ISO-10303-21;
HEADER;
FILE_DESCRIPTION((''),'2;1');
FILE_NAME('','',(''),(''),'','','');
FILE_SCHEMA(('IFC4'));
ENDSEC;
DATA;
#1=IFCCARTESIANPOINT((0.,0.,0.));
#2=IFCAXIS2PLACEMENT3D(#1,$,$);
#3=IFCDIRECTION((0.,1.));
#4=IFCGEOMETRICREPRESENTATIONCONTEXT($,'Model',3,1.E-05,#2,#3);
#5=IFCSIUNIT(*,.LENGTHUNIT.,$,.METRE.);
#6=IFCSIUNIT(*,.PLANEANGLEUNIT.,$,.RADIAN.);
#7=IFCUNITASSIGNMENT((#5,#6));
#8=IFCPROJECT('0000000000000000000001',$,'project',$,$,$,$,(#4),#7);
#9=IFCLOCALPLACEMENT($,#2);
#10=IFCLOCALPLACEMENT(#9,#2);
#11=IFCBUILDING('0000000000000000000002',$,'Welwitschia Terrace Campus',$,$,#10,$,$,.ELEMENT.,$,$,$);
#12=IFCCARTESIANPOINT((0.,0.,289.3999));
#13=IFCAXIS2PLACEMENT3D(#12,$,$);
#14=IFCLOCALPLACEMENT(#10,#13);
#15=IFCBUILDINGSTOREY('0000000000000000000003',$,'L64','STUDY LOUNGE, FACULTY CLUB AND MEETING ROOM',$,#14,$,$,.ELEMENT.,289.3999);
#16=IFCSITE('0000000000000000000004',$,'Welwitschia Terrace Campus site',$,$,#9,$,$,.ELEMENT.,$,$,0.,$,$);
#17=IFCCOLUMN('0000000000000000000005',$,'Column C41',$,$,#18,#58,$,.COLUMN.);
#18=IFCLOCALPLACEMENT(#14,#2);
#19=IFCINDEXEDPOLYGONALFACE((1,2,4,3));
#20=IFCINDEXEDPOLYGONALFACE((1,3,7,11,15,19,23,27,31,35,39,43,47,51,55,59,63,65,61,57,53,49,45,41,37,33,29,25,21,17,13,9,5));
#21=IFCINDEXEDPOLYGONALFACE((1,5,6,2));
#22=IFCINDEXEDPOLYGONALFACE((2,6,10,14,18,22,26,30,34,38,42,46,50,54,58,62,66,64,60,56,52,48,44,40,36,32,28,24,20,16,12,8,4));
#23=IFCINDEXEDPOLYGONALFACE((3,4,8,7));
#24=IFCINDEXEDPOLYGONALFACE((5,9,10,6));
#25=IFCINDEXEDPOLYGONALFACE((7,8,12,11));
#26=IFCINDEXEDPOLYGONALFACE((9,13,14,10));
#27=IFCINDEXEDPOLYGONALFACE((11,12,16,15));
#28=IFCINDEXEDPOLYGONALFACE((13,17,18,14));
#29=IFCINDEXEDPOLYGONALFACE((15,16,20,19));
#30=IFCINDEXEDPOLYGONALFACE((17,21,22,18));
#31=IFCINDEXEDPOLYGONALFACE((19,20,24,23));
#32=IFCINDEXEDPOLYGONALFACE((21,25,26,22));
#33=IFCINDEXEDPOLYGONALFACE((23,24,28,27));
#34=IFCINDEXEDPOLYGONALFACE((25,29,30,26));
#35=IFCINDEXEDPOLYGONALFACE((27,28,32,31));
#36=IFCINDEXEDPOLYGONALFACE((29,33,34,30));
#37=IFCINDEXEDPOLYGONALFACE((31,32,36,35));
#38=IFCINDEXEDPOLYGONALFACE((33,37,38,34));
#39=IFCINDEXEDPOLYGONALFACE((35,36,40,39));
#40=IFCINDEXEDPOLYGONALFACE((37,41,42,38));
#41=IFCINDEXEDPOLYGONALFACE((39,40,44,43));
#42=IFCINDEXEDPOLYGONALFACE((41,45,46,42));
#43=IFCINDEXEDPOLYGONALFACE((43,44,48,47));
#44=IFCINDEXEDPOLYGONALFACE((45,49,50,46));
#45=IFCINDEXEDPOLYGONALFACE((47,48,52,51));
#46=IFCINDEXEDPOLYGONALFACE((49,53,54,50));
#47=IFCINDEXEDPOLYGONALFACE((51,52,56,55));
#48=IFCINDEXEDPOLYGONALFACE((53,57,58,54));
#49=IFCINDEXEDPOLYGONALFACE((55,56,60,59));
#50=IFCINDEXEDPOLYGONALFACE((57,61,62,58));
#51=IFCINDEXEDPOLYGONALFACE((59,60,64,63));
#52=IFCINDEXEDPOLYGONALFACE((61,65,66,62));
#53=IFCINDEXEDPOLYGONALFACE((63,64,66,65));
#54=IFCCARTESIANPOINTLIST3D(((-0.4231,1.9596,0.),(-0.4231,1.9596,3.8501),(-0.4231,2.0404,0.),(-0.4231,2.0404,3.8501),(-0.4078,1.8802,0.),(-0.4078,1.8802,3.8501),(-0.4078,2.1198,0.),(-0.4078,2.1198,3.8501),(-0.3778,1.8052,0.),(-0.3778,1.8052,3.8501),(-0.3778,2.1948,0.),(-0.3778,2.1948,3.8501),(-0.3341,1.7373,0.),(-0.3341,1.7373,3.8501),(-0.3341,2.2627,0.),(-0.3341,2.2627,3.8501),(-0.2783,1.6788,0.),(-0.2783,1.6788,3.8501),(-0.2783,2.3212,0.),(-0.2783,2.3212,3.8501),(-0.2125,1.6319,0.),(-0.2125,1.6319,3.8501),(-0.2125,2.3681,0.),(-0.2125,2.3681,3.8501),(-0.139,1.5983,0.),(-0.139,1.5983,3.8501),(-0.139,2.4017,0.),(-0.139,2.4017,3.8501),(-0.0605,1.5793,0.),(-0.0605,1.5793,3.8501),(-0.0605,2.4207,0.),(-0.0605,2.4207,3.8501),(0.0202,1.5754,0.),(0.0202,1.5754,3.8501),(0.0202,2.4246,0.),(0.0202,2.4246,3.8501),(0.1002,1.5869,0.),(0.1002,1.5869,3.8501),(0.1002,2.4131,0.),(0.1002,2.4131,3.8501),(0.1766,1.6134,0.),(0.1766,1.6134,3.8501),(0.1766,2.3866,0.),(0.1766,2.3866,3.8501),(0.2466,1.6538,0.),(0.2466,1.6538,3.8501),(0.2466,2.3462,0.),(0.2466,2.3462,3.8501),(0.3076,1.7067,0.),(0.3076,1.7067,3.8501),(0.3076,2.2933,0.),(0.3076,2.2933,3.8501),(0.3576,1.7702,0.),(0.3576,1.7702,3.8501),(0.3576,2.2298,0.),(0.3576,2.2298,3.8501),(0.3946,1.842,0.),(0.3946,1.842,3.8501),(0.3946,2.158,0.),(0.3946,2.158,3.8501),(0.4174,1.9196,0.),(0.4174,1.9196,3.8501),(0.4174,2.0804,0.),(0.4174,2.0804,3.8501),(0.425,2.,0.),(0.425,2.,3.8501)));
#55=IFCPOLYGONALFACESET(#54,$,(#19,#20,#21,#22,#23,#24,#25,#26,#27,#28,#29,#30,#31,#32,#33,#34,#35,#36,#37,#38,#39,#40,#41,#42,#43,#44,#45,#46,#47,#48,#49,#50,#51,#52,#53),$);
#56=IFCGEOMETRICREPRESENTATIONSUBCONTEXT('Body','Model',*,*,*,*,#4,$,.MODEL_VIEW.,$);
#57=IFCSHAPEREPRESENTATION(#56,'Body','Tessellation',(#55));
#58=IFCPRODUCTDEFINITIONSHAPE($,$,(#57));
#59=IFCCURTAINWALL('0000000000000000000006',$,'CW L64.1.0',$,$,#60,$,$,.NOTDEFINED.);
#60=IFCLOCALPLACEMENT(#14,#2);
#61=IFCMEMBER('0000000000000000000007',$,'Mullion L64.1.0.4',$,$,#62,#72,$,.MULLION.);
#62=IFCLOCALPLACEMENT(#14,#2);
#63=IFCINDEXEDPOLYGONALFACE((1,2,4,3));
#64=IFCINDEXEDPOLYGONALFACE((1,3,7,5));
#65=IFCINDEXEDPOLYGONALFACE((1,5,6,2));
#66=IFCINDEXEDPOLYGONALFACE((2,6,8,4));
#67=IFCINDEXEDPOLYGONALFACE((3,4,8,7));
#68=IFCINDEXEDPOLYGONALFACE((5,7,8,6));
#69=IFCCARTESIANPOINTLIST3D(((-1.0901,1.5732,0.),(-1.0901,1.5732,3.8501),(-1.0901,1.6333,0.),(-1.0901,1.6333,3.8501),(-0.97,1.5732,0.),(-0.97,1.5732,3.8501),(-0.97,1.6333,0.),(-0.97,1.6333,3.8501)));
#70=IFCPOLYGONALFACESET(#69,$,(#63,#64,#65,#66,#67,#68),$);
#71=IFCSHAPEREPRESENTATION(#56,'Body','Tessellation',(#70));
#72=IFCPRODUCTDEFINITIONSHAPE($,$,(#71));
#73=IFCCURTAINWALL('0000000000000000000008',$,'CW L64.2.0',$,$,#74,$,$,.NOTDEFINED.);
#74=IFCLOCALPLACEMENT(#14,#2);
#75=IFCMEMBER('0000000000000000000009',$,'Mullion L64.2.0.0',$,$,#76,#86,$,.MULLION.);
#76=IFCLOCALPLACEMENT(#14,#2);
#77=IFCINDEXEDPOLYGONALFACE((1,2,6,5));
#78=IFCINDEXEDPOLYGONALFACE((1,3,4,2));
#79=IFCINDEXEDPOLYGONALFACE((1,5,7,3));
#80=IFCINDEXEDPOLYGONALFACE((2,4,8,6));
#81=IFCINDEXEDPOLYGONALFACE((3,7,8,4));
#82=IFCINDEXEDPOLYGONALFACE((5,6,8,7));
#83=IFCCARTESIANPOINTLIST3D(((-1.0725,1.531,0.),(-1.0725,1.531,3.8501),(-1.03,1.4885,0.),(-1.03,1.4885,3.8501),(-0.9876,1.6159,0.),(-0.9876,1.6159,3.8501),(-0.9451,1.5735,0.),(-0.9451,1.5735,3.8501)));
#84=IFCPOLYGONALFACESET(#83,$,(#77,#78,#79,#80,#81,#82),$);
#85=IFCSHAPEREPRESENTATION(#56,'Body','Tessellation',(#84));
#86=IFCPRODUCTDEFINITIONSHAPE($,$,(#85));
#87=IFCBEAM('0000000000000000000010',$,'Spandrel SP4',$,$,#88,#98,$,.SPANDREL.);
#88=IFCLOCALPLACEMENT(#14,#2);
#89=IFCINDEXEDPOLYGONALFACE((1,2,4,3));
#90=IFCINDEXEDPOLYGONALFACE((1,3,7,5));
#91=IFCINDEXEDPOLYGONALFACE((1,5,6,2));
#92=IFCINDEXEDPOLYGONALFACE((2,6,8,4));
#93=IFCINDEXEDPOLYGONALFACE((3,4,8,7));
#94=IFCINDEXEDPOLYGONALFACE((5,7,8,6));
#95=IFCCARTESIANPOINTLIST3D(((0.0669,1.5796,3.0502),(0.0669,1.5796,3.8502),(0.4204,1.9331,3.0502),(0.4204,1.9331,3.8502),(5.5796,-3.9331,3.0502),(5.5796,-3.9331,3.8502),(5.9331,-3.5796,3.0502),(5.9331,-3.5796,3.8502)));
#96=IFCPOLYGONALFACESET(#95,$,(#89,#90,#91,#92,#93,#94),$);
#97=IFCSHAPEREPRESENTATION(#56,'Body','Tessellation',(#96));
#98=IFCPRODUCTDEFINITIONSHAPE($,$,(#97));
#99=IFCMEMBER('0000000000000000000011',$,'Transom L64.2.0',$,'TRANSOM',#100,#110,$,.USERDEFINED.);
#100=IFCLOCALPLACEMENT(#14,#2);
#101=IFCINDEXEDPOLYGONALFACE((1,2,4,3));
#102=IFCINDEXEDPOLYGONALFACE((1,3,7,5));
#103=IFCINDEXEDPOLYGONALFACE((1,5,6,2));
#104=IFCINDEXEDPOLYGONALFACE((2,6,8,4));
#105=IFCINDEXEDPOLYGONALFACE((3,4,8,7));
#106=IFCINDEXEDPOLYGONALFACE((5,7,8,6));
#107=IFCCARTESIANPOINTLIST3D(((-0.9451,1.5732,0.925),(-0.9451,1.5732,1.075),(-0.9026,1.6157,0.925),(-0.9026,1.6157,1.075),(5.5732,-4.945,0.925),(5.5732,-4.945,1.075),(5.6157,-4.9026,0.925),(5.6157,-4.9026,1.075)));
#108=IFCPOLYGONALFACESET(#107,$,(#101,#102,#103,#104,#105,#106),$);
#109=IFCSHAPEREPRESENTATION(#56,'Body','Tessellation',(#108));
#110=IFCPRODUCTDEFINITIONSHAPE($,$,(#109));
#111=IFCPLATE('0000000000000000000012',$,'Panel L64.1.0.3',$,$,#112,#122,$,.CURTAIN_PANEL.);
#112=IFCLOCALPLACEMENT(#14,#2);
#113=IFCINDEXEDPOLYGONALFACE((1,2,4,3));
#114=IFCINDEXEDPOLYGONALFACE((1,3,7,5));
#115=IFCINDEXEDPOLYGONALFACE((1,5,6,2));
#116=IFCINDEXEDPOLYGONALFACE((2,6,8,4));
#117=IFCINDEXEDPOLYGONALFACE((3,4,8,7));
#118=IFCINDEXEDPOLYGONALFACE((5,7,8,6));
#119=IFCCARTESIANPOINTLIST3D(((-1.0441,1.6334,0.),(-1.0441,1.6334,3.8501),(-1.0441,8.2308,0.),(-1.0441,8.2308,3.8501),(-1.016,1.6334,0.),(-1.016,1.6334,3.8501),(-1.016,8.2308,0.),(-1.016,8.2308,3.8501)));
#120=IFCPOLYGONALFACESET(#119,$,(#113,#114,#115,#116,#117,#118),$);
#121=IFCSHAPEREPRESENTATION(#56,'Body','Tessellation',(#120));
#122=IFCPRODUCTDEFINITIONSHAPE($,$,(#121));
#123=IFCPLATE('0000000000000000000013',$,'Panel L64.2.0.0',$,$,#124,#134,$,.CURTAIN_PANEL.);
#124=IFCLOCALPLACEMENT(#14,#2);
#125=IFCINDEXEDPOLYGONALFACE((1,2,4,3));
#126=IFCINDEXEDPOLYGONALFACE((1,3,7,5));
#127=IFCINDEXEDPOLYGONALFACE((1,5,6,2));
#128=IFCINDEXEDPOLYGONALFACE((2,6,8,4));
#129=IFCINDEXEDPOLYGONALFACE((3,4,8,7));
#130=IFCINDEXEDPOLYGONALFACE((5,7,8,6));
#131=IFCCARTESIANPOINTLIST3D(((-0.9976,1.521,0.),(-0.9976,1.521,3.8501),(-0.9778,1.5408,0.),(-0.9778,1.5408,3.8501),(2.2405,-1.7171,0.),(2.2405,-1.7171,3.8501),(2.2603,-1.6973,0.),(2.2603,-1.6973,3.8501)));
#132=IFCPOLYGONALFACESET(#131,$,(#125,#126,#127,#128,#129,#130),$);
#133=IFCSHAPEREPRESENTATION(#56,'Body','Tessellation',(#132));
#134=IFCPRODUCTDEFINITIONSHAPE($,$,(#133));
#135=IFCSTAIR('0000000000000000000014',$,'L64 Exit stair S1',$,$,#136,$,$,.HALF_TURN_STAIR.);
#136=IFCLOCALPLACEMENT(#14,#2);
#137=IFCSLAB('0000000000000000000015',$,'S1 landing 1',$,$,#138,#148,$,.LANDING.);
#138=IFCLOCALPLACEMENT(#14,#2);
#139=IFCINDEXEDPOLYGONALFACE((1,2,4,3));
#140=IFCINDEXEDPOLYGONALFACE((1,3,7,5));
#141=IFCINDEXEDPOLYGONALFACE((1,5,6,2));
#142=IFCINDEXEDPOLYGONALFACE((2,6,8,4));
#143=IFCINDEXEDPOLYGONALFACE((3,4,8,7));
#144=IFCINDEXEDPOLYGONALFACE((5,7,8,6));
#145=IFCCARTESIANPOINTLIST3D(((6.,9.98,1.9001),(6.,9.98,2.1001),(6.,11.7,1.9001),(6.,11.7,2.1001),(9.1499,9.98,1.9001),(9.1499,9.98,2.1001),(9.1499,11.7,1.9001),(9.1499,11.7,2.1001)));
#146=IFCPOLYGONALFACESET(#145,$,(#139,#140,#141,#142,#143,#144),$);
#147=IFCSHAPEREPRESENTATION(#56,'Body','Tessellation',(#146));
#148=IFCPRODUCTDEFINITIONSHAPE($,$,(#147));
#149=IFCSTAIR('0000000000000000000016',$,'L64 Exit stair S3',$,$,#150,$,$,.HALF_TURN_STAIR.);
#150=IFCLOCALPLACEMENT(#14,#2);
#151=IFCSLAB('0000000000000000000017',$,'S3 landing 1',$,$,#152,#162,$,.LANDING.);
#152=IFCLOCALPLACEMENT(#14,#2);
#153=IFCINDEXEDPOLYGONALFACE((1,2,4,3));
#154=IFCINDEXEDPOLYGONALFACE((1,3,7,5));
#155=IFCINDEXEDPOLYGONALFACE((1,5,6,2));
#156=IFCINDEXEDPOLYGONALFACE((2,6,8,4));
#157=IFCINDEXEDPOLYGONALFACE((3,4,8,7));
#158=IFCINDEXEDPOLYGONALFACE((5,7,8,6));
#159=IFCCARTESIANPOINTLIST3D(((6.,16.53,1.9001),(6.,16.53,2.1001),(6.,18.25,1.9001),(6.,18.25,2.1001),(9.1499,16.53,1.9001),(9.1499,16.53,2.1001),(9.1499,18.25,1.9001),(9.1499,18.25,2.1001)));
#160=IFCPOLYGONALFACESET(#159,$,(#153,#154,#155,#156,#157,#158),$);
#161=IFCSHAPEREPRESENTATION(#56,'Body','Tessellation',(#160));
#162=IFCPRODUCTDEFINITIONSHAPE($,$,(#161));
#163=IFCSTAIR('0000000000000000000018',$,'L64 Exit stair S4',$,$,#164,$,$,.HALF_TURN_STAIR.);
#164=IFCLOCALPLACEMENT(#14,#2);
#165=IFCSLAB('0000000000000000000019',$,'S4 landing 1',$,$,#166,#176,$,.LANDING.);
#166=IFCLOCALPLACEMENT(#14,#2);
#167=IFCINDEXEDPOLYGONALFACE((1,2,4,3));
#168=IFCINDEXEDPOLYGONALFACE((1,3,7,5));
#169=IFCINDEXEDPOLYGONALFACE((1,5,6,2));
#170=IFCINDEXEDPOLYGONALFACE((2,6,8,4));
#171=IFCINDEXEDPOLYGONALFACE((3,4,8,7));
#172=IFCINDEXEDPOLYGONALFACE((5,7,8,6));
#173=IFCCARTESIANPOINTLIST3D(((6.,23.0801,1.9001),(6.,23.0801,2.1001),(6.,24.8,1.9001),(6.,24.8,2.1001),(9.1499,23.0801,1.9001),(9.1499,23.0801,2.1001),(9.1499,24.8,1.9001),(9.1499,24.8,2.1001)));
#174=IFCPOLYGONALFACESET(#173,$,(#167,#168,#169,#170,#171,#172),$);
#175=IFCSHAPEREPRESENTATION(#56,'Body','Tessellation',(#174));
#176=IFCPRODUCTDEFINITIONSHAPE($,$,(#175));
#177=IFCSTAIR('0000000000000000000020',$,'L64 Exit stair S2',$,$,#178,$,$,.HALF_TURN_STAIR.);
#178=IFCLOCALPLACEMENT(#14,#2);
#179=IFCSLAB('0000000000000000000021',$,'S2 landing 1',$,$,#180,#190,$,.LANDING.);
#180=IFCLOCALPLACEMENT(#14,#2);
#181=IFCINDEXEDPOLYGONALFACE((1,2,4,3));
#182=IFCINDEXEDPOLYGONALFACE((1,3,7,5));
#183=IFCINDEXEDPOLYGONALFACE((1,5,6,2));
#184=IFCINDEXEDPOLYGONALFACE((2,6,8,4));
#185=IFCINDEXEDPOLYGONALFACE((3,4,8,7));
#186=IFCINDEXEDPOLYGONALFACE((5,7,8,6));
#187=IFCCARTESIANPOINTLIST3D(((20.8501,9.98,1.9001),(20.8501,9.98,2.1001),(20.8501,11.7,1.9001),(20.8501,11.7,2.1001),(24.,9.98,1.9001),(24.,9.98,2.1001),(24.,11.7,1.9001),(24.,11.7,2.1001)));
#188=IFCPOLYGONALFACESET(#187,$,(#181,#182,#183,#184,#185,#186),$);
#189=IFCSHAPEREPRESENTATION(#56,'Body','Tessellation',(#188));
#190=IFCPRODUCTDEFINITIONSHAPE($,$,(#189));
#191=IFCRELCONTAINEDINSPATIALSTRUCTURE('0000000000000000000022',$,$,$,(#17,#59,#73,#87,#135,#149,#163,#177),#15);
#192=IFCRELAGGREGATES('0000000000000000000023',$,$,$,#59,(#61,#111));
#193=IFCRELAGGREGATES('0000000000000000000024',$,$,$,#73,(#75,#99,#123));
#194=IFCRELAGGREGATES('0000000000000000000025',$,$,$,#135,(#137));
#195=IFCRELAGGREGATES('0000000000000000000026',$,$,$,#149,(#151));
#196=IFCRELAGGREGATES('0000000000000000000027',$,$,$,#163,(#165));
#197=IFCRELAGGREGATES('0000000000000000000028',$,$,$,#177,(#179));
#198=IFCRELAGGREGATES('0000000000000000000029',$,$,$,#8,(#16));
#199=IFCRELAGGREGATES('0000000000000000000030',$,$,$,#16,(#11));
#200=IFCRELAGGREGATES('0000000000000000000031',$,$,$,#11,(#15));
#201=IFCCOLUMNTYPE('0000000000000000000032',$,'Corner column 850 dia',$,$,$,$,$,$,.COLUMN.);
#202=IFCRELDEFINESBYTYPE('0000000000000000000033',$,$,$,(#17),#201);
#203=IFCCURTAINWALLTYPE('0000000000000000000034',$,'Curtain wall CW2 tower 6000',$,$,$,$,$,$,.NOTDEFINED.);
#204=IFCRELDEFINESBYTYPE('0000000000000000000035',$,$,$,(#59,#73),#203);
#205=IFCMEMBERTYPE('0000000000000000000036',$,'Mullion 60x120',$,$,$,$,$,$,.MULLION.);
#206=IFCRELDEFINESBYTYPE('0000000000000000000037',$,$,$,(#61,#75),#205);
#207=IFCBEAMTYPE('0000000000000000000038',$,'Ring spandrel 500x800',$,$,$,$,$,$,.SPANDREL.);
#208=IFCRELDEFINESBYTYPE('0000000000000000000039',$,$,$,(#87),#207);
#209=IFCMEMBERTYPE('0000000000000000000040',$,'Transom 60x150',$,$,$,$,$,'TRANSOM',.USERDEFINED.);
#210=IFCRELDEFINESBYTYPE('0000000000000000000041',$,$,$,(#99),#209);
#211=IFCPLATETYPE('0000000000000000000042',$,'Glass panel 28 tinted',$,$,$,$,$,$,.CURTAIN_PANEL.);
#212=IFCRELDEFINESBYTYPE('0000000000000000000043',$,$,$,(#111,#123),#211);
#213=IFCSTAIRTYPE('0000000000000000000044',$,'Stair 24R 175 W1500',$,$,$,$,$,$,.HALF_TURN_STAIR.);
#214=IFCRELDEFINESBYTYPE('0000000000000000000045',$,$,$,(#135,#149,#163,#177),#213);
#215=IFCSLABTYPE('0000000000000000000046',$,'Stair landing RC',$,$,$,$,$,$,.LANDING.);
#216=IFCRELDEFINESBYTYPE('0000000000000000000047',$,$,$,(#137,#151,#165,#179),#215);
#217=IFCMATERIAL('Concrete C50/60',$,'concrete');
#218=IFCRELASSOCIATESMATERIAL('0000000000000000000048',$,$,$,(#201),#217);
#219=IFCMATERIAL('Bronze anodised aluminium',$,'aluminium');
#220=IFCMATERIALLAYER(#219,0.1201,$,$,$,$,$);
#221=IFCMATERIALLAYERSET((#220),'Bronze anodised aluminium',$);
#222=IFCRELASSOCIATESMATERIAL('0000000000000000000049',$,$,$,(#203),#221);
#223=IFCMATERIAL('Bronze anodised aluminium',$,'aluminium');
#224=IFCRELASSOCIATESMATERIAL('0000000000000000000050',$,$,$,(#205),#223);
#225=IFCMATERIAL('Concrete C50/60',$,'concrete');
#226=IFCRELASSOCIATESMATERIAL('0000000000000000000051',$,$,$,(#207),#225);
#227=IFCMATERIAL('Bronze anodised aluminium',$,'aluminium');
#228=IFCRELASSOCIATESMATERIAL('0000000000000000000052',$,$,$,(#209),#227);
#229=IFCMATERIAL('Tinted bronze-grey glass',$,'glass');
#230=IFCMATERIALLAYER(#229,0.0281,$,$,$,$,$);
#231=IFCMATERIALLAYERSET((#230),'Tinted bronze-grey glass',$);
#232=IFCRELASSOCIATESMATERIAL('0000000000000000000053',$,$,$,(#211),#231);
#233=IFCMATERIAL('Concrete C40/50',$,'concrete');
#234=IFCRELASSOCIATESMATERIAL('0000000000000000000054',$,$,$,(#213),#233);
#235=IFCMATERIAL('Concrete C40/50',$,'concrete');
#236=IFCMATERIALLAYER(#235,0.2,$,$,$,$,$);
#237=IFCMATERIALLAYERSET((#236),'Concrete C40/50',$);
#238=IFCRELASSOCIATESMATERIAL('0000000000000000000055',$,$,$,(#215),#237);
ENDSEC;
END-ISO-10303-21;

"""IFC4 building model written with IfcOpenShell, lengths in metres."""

from ifc_helpers import new_model, si_unit, direction, frame, origin, origin_2d, place, context, subcontext, project, spatial, polyline, rectangle, circle, outline, extrude, material, layer, layer_set, material_profile, profile_set, type_object, element, aggregate, save


model = new_model("IFC4")

# Units and contexts
model_context = context("Model", 3, precision=1e-05, world=origin(), true_north=direction((0.0, 1.0)))
body_context = subcontext(model_context, "Body", "Model", "MODEL_VIEW")
ifc_project = project(units=[si_unit("LENGTHUNIT", "METRE"), si_unit("PLANEANGLEUNIT", "RADIAN")], contexts=[model_context])

# Site, building, storey
site_placement = place(None, origin())
site = spatial("IfcSite", under=ifc_project, at=site_placement, Name="Welwitschia Terrace Campus site", CompositionType="ELEMENT", RefElevation=0.0)
building_placement = place(site_placement, origin())
building = spatial("IfcBuilding", under=site, at=building_placement, Name="Welwitschia Terrace Campus", CompositionType="ELEMENT")
storey_placement = place(building_placement, frame((0.0, 0.0, 289.3999)))
storey = spatial("IfcBuildingStorey", under=building, at=storey_placement, Name="L64", Description="STUDY LOUNGE, FACULTY CLUB AND MEETING ROOM", CompositionType="ELEMENT", Elevation=289.3999)

# Column
ifc_material_1 = material(Name="Concrete C50/60", Category="concrete")
ifc_material_profile_1 = material_profile(ifc_material_1, circle(Radius=0.425, at=origin_2d()))
ifc_profile_set_1 = profile_set([ifc_material_profile_1], Name="Concrete C50/60")
column_type = type_object("IfcColumnType", Name="Corner column 850 dia", PredefinedType="COLUMN", material=ifc_profile_set_1)
column_placement = place(storey_placement, frame((0.0, 2.0, 0.0), z_axis=(0.0, 0.0, 1.0), x_axis=(1.0, 0.0, 0.0)))
element("IfcColumn", 1, at=column_placement, inside=storey, type_object=column_type, Name="Column C41", PredefinedType="COLUMN", context=body_context, shape_type="SweptSolid", body=[
    extrude(circle(Radius=0.425, at=origin_2d()), origin(), (0.0, 0.0, 1.0), 3.8501),
])

# Curtain walls, members
ifc_material_2 = material(Name="Bronze anodised aluminium", Category="aluminium")
ifc_layer_1 = layer(ifc_material_2, 0.1201)
ifc_layer_set_1 = layer_set([ifc_layer_1], Name="Bronze anodised aluminium")
curtain_wall_type = type_object("IfcCurtainWallType", Name="Curtain wall CW2 tower 6000", PredefinedType="NOTDEFINED", material=ifc_layer_set_1)
curtain_wall_1_placement = place(storey_placement, origin())
curtain_wall_1 = element("IfcCurtainWall", 2, at=curtain_wall_1_placement, inside=storey, type_object=curtain_wall_type, Name="CW L64.1.0", PredefinedType="NOTDEFINED")
ifc_material_3 = material(Name="Bronze anodised aluminium", Category="aluminium")
ifc_material_profile_2 = material_profile(ifc_material_3, rectangle(XDim=0.1201, YDim=0.0601, at=origin_2d()))
ifc_profile_set_2 = profile_set([ifc_material_profile_2], Name="Bronze anodised aluminium")
member_type_1 = type_object("IfcMemberType", Name="Mullion 60x120", PredefinedType="MULLION", material=ifc_profile_set_2)
member_1_placement = place(storey_placement, frame((-1.03, 1.6033, 0.0), z_axis=(0.0, 0.0, 1.0), x_axis=(1.0, 0.0, 0.0)))
member_1 = element("IfcMember", 3, at=member_1_placement, type_object=member_type_1, Name="Mullion L64.1.0.4", PredefinedType="MULLION", context=body_context, shape_type="SweptSolid", body=[
    extrude(rectangle(XDim=0.1201, YDim=0.0601, at=origin_2d()), origin(), (0.0, 0.0, 1.0), 3.8501),
])
curtain_wall_2_placement = place(storey_placement, origin())
curtain_wall_2 = element("IfcCurtainWall", 4, at=curtain_wall_2_placement, inside=storey, type_object=curtain_wall_type, Name="CW L64.2.0", PredefinedType="NOTDEFINED")
member_2_placement = place(storey_placement, frame((-1.0088, 1.5522, 0.0), z_axis=(0.0, 0.0, 1.0), x_axis=(0.707107, 0.707107, 0.0)))
member_2 = element("IfcMember", 5, at=member_2_placement, type_object=member_type_1, Name="Mullion L64.2.0.0", PredefinedType="MULLION", context=body_context, shape_type="SweptSolid", body=[
    extrude(rectangle(XDim=0.1201, YDim=0.0601, at=origin_2d()), origin(), (0.0, 0.0, 1.0), 3.8501),
])

# Beam
ifc_material_4 = material(Name="Concrete C50/60", Category="concrete")
ifc_material_profile_3 = material_profile(ifc_material_4, rectangle(XDim=0.5, YDim=0.8, at=origin_2d()))
ifc_profile_set_3 = profile_set([ifc_material_profile_3], Name="Concrete C50/60")
beam_type = type_object("IfcBeamType", Name="Ring spandrel 500x800", PredefinedType="SPANDREL", material=ifc_profile_set_3)
beam_placement = place(storey_placement, frame((0.2437, 1.7563, 3.4502), z_axis=(0.707107, -0.707107, 0.0), x_axis=(0.707107, 0.707107, 0.0)))
element("IfcBeam", 6, at=beam_placement, inside=storey, type_object=beam_type, Name="Spandrel SP4", PredefinedType="SPANDREL", context=body_context, shape_type="SweptSolid", body=[
    extrude(rectangle(XDim=0.5, YDim=0.8, at=origin_2d()), origin(), (0.0, 0.0, 1.0), 7.7961),
])

# Member
ifc_material_5 = material(Name="Bronze anodised aluminium", Category="aluminium")
ifc_material_profile_4 = material_profile(ifc_material_5, rectangle(XDim=0.0601, YDim=0.1499, at=origin_2d()))
ifc_profile_set_4 = profile_set([ifc_material_profile_4], Name="Bronze anodised aluminium")
member_type_2 = type_object("IfcMemberType", Name="Transom 60x150", ElementType="TRANSOM", PredefinedType="USERDEFINED", material=ifc_profile_set_4)
member_3_placement = place(storey_placement, frame((-0.9238, 1.5945, 1.0), z_axis=(0.707107, -0.707107, 0.0), x_axis=(0.707107, 0.707107, 0.0)))
member_3 = element("IfcMember", 7, at=member_3_placement, type_object=member_type_2, Name="Transom L64.2.0", ObjectType="TRANSOM", PredefinedType="USERDEFINED", context=body_context, shape_type="SweptSolid", body=[
    extrude(rectangle(XDim=0.0601, YDim=0.1499, at=origin_2d()), origin(), (0.0, 0.0, 1.0), 9.2183),
])

# Plates
ifc_material_6 = material(Name="Tinted bronze-grey glass", Category="glass")
ifc_layer_2 = layer(ifc_material_6, 0.0281)
ifc_layer_set_2 = layer_set([ifc_layer_2], Name="Tinted bronze-grey glass")
plate_type = type_object("IfcPlateType", Name="Glass panel 28 tinted", PredefinedType="CURTAIN_PANEL", material=ifc_layer_set_2)
plate_1_placement = place(storey_placement, frame((-1.03, 4.9321, 0.0), z_axis=(0.0, 0.0, 1.0), x_axis=(0.0, -1.0, 0.0)))
plate_1 = element("IfcPlate", 8, at=plate_1_placement, type_object=plate_type, Name="Panel L64.1.0.3", PredefinedType="CURTAIN_PANEL", context=body_context, shape_type="SweptSolid", body=[
    extrude(rectangle(XDim=6.5974, YDim=0.0281, at=origin_2d()), origin(), (0.0, 0.0, 1.0), 3.8501),
])
aggregate(curtain_wall_1, [member_1, plate_1])
plate_2_placement = place(storey_placement, frame((0.6313, -0.0881, 0.0), z_axis=(0.0, 0.0, 1.0), x_axis=(0.707107, -0.707107, 0.0)))
plate_2 = element("IfcPlate", 9, at=plate_2_placement, type_object=plate_type, Name="Panel L64.2.0.0", PredefinedType="CURTAIN_PANEL", context=body_context, shape_type="SweptSolid", body=[
    extrude(rectangle(XDim=4.5793, YDim=0.0281, at=origin_2d()), origin(), (0.0, 0.0, 1.0), 3.8501),
])
aggregate(curtain_wall_2, [member_2, member_3, plate_2])

# Stairs, slabs
ifc_material_7 = material(Name="Concrete C40/50", Category="concrete")
stair_type = type_object("IfcStairType", Name="Stair 24R 175 W1500", PredefinedType="HALF_TURN_STAIR", material=ifc_material_7)
stair_1_placement = place(storey_placement, origin())
stair_1 = element("IfcStair", 10, at=stair_1_placement, inside=storey, type_object=stair_type, Name="L64 Exit stair S1", PredefinedType="HALF_TURN_STAIR")
ifc_material_8 = material(Name="Concrete C40/50", Category="concrete")
ifc_layer_3 = layer(ifc_material_8, 0.2)
ifc_layer_set_3 = layer_set([ifc_layer_3], Name="Concrete C40/50")
slab_type_1 = type_object("IfcSlabType", Name="Stair landing RC", PredefinedType="LANDING", material=ifc_layer_set_3)
slab_1_placement = place(storey_placement, frame((0.0, 0.0, 1.9001)))
slab_1 = element("IfcSlab", 11, at=slab_1_placement, type_object=slab_type_1, Name="S1 landing 1", PredefinedType="LANDING", context=body_context, shape_type="SweptSolid", body=[
    extrude(outline(polyline([(9.1499, 9.98), (9.1499, 11.7), (6.0, 11.7), (6.0, 9.98), (9.1499, 9.98)])), origin(), (0.0, 0.0, 1.0), 0.2),
])
aggregate(stair_1, [slab_1])
stair_2_placement = place(storey_placement, origin())
stair_2 = element("IfcStair", 12, at=stair_2_placement, inside=storey, type_object=stair_type, Name="L64 Exit stair S3", PredefinedType="HALF_TURN_STAIR")
slab_2_placement = place(storey_placement, frame((0.0, 0.0, 1.9001)))
slab_2 = element("IfcSlab", 13, at=slab_2_placement, type_object=slab_type_1, Name="S3 landing 1", PredefinedType="LANDING", context=body_context, shape_type="SweptSolid", body=[
    extrude(outline(polyline([(9.1499, 16.53), (9.1499, 18.25), (6.0, 18.25), (6.0, 16.53), (9.1499, 16.53)])), origin(), (0.0, 0.0, 1.0), 0.2),
])
aggregate(stair_2, [slab_2])
stair_3_placement = place(storey_placement, origin())
stair_3 = element("IfcStair", 14, at=stair_3_placement, inside=storey, type_object=stair_type, Name="L64 Exit stair S4", PredefinedType="HALF_TURN_STAIR")
slab_3_placement = place(storey_placement, frame((0.0, 0.0, 1.9001)))
slab_3 = element("IfcSlab", 15, at=slab_3_placement, type_object=slab_type_1, Name="S4 landing 1", PredefinedType="LANDING", context=body_context, shape_type="SweptSolid", body=[
    extrude(outline(polyline([(9.1499, 23.0801), (9.1499, 24.8), (6.0, 24.8), (6.0, 23.0801), (9.1499, 23.0801)])), origin(), (0.0, 0.0, 1.0), 0.2),
])
aggregate(stair_3, [slab_3])
stair_4_placement = place(storey_placement, origin())
stair_4 = element("IfcStair", 16, at=stair_4_placement, inside=storey, type_object=stair_type, Name="L64 Exit stair S2", PredefinedType="HALF_TURN_STAIR")
slab_4_placement = place(storey_placement, frame((0.0, 0.0, 1.9001)))
slab_4 = element("IfcSlab", 17, at=slab_4_placement, type_object=slab_type_1, Name="S2 landing 1", PredefinedType="LANDING", context=body_context, shape_type="SweptSolid", body=[
    extrude(outline(polyline([(24.0, 9.98), (24.0, 11.7), (20.8501, 11.7), (20.8501, 9.98), (24.0, 9.98)])), origin(), (0.0, 0.0, 1.0), 0.2),
])
aggregate(stair_4, [slab_4])

save(model, "model.ifc")
